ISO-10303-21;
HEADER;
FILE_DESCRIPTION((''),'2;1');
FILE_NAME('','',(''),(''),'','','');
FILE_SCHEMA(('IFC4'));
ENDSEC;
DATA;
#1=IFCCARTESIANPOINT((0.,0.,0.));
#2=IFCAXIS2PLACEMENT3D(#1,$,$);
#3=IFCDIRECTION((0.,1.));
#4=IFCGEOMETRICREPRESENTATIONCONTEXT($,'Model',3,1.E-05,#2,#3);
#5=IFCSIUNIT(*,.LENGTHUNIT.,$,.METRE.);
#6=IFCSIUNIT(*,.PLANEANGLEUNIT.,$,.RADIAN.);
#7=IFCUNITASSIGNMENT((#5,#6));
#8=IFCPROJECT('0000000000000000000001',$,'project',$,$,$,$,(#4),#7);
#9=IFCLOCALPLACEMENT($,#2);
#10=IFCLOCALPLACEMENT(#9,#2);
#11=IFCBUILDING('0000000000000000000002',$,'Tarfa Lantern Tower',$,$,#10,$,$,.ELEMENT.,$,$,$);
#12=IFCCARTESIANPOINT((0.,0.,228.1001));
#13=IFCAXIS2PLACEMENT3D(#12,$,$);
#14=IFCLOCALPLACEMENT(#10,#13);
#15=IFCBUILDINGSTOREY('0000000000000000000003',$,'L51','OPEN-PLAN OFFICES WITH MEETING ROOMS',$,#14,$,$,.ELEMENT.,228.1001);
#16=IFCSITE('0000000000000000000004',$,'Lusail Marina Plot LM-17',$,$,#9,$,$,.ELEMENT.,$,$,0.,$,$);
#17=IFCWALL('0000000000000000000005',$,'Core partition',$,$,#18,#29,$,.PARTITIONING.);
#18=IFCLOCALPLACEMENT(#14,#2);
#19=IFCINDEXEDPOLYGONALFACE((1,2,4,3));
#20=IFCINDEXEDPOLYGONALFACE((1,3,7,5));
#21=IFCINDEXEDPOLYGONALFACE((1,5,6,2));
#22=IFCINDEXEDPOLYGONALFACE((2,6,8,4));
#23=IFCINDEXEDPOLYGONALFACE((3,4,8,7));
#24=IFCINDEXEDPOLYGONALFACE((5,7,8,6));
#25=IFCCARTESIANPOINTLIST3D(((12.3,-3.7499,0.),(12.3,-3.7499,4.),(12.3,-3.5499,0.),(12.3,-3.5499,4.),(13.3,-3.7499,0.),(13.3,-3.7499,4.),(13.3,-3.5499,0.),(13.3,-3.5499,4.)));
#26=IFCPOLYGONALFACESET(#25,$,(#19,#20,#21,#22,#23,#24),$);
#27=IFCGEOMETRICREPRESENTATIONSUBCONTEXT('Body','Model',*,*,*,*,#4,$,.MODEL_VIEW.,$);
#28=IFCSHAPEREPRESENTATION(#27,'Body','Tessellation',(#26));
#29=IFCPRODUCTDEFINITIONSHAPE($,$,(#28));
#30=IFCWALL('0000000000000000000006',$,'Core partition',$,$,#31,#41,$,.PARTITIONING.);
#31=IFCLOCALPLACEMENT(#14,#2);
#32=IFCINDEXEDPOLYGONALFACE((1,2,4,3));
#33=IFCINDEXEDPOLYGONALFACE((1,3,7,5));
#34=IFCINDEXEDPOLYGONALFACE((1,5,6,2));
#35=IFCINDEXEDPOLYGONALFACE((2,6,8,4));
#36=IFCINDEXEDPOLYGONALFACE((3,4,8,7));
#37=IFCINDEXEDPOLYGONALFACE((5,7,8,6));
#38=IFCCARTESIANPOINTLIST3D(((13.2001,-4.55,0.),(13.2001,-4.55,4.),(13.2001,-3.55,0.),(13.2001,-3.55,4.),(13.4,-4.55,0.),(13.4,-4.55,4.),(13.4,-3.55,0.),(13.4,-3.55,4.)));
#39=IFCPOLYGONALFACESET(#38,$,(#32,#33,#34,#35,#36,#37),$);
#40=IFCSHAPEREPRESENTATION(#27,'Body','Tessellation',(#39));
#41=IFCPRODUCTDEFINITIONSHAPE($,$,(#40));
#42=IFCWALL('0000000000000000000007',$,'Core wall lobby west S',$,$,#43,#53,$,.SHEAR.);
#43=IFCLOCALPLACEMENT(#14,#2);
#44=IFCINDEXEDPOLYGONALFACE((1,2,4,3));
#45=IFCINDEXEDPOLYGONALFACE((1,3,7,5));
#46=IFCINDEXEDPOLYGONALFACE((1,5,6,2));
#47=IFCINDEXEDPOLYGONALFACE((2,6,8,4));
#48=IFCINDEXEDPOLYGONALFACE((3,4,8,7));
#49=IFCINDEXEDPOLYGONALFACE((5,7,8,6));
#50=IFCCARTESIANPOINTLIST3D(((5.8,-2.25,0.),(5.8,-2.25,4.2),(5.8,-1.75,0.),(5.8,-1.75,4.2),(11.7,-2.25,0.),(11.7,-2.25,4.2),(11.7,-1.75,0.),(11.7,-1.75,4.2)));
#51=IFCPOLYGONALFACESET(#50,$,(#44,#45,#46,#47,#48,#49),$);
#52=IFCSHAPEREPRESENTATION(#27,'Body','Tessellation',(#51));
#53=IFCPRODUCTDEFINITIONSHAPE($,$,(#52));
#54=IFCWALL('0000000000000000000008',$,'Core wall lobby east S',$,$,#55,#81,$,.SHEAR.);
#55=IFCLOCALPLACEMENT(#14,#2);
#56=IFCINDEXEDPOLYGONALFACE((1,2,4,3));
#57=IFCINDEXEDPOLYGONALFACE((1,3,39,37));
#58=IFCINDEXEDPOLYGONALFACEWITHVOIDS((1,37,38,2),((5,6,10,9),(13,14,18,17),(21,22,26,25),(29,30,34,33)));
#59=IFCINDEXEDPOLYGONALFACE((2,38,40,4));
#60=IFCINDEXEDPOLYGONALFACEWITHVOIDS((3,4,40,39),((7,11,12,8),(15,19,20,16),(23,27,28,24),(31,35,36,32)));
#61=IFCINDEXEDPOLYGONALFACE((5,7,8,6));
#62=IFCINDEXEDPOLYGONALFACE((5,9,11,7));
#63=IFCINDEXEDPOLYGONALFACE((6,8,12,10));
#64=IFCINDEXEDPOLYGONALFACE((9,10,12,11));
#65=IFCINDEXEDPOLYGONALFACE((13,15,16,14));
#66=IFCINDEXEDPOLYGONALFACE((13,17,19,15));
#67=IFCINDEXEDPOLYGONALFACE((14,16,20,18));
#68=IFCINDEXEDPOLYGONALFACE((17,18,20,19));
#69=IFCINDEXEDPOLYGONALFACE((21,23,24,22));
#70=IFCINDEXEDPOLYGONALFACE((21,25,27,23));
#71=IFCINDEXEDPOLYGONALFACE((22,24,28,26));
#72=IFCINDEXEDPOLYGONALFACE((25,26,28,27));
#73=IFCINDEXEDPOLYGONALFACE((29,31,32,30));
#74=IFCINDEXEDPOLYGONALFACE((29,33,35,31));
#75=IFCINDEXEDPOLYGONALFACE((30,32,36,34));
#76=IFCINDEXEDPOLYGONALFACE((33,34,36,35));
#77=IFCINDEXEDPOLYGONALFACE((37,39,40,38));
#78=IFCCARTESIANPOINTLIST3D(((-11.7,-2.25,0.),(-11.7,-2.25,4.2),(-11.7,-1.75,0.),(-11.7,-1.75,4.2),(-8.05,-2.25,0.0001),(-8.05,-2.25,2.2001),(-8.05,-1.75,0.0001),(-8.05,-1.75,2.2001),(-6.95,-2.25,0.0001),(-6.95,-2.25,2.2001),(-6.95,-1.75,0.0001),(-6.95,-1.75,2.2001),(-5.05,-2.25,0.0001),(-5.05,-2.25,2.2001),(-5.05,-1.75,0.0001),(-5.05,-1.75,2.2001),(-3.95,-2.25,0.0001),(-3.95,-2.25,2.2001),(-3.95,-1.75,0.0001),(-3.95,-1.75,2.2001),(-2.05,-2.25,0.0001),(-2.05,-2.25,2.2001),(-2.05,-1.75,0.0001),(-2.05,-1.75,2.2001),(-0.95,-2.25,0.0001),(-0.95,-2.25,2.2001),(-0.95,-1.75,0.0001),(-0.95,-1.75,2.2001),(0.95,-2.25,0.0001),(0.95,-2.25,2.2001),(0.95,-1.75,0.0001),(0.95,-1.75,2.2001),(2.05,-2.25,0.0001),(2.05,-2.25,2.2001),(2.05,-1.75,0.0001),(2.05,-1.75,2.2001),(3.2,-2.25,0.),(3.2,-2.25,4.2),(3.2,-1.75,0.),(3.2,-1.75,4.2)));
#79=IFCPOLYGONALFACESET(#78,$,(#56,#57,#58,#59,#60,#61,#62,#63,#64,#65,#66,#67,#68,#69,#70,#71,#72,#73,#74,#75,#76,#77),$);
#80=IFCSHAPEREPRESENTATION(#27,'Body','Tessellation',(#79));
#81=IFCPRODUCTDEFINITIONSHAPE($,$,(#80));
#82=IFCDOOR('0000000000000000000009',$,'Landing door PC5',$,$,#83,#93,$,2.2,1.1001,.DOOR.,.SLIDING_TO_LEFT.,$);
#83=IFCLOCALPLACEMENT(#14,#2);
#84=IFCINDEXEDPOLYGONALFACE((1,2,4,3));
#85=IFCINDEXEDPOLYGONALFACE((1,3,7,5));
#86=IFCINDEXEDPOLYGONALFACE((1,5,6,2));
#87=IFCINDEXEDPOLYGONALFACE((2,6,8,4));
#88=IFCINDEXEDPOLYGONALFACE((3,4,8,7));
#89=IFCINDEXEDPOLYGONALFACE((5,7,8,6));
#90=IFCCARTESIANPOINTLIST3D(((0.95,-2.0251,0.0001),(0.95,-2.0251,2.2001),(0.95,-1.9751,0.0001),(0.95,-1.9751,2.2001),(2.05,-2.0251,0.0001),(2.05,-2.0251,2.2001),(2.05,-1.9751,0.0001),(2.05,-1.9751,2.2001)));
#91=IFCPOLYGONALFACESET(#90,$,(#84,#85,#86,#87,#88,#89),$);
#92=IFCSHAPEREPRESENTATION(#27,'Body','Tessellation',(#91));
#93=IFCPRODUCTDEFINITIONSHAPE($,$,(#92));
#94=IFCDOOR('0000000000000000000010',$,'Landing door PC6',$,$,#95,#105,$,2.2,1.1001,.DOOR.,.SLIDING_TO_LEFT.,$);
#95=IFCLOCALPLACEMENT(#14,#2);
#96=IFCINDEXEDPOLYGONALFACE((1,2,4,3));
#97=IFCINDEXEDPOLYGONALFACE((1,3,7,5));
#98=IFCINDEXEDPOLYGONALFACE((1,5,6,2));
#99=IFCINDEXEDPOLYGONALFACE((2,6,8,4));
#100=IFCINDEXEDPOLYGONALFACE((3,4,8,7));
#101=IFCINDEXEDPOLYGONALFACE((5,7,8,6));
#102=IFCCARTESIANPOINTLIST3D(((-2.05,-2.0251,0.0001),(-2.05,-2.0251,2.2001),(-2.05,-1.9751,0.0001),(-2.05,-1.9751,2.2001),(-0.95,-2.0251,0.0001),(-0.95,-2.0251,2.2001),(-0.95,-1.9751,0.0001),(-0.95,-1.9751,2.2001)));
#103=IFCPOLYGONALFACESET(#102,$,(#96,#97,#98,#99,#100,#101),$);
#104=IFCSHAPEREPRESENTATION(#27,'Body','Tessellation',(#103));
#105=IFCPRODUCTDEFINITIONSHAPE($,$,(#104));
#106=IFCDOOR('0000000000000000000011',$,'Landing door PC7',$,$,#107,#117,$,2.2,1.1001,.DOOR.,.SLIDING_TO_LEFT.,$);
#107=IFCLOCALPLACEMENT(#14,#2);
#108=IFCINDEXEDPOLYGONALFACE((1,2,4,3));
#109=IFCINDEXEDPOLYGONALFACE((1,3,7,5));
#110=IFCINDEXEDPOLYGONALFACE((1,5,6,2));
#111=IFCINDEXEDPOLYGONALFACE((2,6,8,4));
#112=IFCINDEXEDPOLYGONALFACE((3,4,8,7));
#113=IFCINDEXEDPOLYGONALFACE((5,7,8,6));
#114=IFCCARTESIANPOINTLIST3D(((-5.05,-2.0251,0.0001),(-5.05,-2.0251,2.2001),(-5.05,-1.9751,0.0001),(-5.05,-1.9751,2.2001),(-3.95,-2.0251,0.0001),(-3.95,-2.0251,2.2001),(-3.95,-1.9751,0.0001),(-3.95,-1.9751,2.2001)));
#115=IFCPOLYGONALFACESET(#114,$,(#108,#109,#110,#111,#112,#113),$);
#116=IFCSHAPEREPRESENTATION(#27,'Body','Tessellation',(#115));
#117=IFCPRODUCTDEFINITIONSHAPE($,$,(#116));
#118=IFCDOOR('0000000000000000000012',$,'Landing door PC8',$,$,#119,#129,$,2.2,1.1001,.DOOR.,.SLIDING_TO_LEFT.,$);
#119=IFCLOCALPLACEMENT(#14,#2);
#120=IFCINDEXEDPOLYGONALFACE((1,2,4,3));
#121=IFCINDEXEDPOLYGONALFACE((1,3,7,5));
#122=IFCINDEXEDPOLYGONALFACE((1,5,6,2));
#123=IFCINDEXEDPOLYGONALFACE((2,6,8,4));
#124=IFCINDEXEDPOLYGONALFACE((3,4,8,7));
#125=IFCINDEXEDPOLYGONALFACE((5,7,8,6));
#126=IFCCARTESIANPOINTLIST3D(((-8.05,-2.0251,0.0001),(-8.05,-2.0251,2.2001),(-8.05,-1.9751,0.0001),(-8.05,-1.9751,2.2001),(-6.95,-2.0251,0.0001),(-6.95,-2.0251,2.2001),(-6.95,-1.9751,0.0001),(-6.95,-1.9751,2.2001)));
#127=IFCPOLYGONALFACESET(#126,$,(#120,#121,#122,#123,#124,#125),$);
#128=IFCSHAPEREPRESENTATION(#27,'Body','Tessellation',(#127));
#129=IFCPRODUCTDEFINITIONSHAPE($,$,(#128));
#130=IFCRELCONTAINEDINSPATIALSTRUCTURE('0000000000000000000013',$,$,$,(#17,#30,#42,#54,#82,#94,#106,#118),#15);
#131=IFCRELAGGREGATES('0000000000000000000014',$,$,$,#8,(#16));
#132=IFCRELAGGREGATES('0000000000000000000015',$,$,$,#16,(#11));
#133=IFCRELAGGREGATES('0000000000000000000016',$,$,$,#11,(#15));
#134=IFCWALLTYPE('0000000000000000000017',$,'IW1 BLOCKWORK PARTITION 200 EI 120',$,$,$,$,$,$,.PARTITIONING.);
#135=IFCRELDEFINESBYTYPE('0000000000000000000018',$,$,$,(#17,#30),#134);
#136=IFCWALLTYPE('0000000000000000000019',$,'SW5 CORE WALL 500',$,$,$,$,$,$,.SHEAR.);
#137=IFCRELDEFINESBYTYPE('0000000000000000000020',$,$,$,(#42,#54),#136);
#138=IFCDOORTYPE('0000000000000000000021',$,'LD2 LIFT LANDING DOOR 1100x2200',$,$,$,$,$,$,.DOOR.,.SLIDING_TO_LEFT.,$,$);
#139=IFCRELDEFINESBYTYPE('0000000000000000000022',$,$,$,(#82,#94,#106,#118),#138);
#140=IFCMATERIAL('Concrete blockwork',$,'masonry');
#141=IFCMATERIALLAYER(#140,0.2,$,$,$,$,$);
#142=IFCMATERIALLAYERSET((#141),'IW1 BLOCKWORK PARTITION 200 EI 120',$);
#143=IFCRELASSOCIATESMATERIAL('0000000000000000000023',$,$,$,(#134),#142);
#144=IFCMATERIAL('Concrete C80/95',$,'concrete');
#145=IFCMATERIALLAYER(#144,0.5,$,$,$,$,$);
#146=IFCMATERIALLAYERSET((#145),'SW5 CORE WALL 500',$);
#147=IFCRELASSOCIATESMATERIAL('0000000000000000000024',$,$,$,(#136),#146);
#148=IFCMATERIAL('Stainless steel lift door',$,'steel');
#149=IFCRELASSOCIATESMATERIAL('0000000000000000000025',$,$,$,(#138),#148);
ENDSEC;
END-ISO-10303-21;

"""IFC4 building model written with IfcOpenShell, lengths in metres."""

from ifc_helpers import new_model, si_unit, direction, frame, frame_2d, origin, place, context, subcontext, project, spatial, rectangle, extrude, material, layer, layer_set, type_object, element, fill, save


model = new_model("IFC4")

# Units and contexts
model_context = context("Model", 3, precision=1e-05, world=origin(), true_north=direction((0.0, 1.0)))
body_context = subcontext(model_context, "Body", "Model", "MODEL_VIEW")
ifc_project = project(units=[si_unit("LENGTHUNIT", "METRE"), si_unit("PLANEANGLEUNIT", "RADIAN")], contexts=[model_context])

# Site, building, storey
site_placement = place(None, origin())
site = spatial("IfcSite", under=ifc_project, at=site_placement, Name="Lusail Marina Plot LM-17", CompositionType="ELEMENT", RefElevation=0.0)
building_placement = place(site_placement, origin())
building = spatial("IfcBuilding", under=site, at=building_placement, Name="Tarfa Lantern Tower", CompositionType="ELEMENT")
storey_placement = place(building_placement, frame((0.0, 0.0, 228.1001)))
storey = spatial("IfcBuildingStorey", under=building, at=storey_placement, Name="L51", Description="OPEN-PLAN OFFICES WITH MEETING ROOMS", CompositionType="ELEMENT", Elevation=228.1001)

# Walls
ifc_material_1 = material(Name="Concrete blockwork", Category="masonry")
ifc_layer_1 = layer(ifc_material_1, 0.2)
ifc_layer_set_1 = layer_set([ifc_layer_1], Name="IW1 BLOCKWORK PARTITION 200 EI 120")
wall_type_1 = type_object("IfcWallType", Name="IW1 BLOCKWORK PARTITION 200 EI 120", PredefinedType="PARTITIONING", material=ifc_layer_set_1)
for number, where, z_axis, x_axis, name in (
    (1, (13.3, -3.6499, 0.0), (0.0, 0.0, 1.0), (-1.0, 0.0, 0.0), "Core partition"),
    (2, (13.3, -3.55, 0.0), (0.0, 0.0, 1.0), (0.0, -1.0, 0.0), "Core partition"),
):
    element("IfcWall", number, at=place(storey_placement, frame(where, z_axis=z_axis, x_axis=x_axis)), inside=storey, type_object=wall_type_1, Name=name, PredefinedType="PARTITIONING", context=body_context, shape_type="SweptSolid", body=[
        extrude(rectangle(XDim=1.0, YDim=0.2, at=frame_2d((0.5, 0.0))), origin(), (0.0, 0.0, 1.0), 4.0),
    ])
ifc_material_2 = material(Name="Concrete C80/95", Category="concrete")
ifc_layer_2 = layer(ifc_material_2, 0.5)
ifc_layer_set_2 = layer_set([ifc_layer_2], Name="SW5 CORE WALL 500")
wall_type_2 = type_object("IfcWallType", Name="SW5 CORE WALL 500", PredefinedType="SHEAR", material=ifc_layer_set_2)
wall_1_placement = place(storey_placement, frame((11.7, -2.0, 0.0), z_axis=(0.0, 0.0, 1.0), x_axis=(-1.0, 0.0, 0.0)))
element("IfcWall", 3, at=wall_1_placement, inside=storey, type_object=wall_type_2, Name="Core wall lobby west S", PredefinedType="SHEAR", context=body_context, shape_type="SweptSolid", body=[
    extrude(rectangle(XDim=5.8999, YDim=0.5, at=frame_2d((2.95, 0.0))), origin(), (0.0, 0.0, 1.0), 4.2),
])

# Wall, openings, doors
wall_2_placement = place(storey_placement, frame((3.2, -2.0, 0.0), z_axis=(0.0, 0.0, 1.0), x_axis=(-1.0, 0.0, 0.0)))
wall_2 = element("IfcWall", 4, at=wall_2_placement, inside=storey, type_object=wall_type_2, Name="Core wall lobby east S", PredefinedType="SHEAR", context=body_context, shape_type="SweptSolid", body=[
    extrude(rectangle(XDim=14.8999, YDim=0.5, at=frame_2d((7.45, 0.0))), origin(), (0.0, 0.0, 1.0), 4.2),
])
opening_1_placement = place(wall_2_placement, frame((1.1499, 0.0, 0.0)))
opening_1 = element("IfcOpeningElement", 5, at=opening_1_placement, cuts=wall_2, PredefinedType="OPENING", context=body_context, shape_type="SweptSolid", body=[
    extrude(rectangle(XDim=1.1001, YDim=2.2, at=frame_2d((0.55, 1.1001))), frame((0.0, 0.26, 0.0), z_axis=(0.0, -1.0, 0.0), x_axis=(1.0, 0.0, 0.0)), (0.0, 0.0, 1.0), 0.52),
])
opening_2_placement = place(wall_2_placement, frame((4.1499, 0.0, 0.0)))
opening_2 = element("IfcOpeningElement", 6, at=opening_2_placement, cuts=wall_2, PredefinedType="OPENING", context=body_context, shape_type="SweptSolid", body=[
    extrude(rectangle(XDim=1.1001, YDim=2.2, at=frame_2d((0.55, 1.1001))), frame((0.0, 0.26, 0.0), z_axis=(0.0, -1.0, 0.0), x_axis=(1.0, 0.0, 0.0)), (0.0, 0.0, 1.0), 0.52),
])
opening_3_placement = place(wall_2_placement, frame((7.1499, 0.0, 0.0)))
opening_3 = element("IfcOpeningElement", 7, at=opening_3_placement, cuts=wall_2, PredefinedType="OPENING", context=body_context, shape_type="SweptSolid", body=[
    extrude(rectangle(XDim=1.1001, YDim=2.2, at=frame_2d((0.55, 1.1001))), frame((0.0, 0.26, 0.0), z_axis=(0.0, -1.0, 0.0), x_axis=(1.0, 0.0, 0.0)), (0.0, 0.0, 1.0), 0.52),
])
opening_4_placement = place(wall_2_placement, frame((10.1499, 0.0, 0.0)))
opening_4 = element("IfcOpeningElement", 8, at=opening_4_placement, cuts=wall_2, PredefinedType="OPENING", context=body_context, shape_type="SweptSolid", body=[
    extrude(rectangle(XDim=1.1001, YDim=2.2, at=frame_2d((0.55, 1.1001))), frame((0.0, 0.26, 0.0), z_axis=(0.0, -1.0, 0.0), x_axis=(1.0, 0.0, 0.0)), (0.0, 0.0, 1.0), 0.52),
])
ifc_material_3 = material(Name="Stainless steel lift door", Category="steel")
door_type_1 = type_object("IfcDoorType", Name="LD2 LIFT LANDING DOOR 1100x2200", OperationType="SLIDING_TO_LEFT", PredefinedType="DOOR", material=ifc_material_3)
door_1_placement = place(opening_1_placement, frame((1.1001, 0.0, 0.0), z_axis=(0.0, 0.0, 1.0), x_axis=(-1.0, 0.0, 0.0)))
door_1 = element("IfcDoor", 9, at=door_1_placement, inside=storey, type_object=door_type_1, Name="Landing door PC5", OperationType="SLIDING_TO_LEFT", OverallHeight=2.2, OverallWidth=1.1001, PredefinedType="DOOR", context=body_context, shape_type="SweptSolid", body=[
    extrude(rectangle(XDim=1.1001, YDim=2.2, at=frame_2d((0.55, 1.1001))), frame((0.0, 0.0249, 0.0), z_axis=(0.0, -1.0, 0.0), x_axis=(1.0, 0.0, 0.0)), (0.0, 0.0, 1.0), 0.05),
])
fill(opening_1, door_1)
door_2_placement = place(opening_2_placement, frame((1.1001, 0.0, 0.0), z_axis=(0.0, 0.0, 1.0), x_axis=(-1.0, 0.0, 0.0)))
door_2 = element("IfcDoor", 10, at=door_2_placement, inside=storey, type_object=door_type_1, Name="Landing door PC6", OperationType="SLIDING_TO_LEFT", OverallHeight=2.2, OverallWidth=1.1001, PredefinedType="DOOR", context=body_context, shape_type="SweptSolid", body=[
    extrude(rectangle(XDim=1.1001, YDim=2.2, at=frame_2d((0.55, 1.1001))), frame((0.0, 0.0249, 0.0), z_axis=(0.0, -1.0, 0.0), x_axis=(1.0, 0.0, 0.0)), (0.0, 0.0, 1.0), 0.05),
])
fill(opening_2, door_2)
door_3_placement = place(opening_3_placement, frame((1.1001, 0.0, 0.0), z_axis=(0.0, 0.0, 1.0), x_axis=(-1.0, 0.0, 0.0)))
door_3 = element("IfcDoor", 11, at=door_3_placement, inside=storey, type_object=door_type_1, Name="Landing door PC7", OperationType="SLIDING_TO_LEFT", OverallHeight=2.2, OverallWidth=1.1001, PredefinedType="DOOR", context=body_context, shape_type="SweptSolid", body=[
    extrude(rectangle(XDim=1.1001, YDim=2.2, at=frame_2d((0.55, 1.1001))), frame((0.0, 0.0249, 0.0), z_axis=(0.0, -1.0, 0.0), x_axis=(1.0, 0.0, 0.0)), (0.0, 0.0, 1.0), 0.05),
])
fill(opening_3, door_3)
door_4_placement = place(opening_4_placement, frame((1.1001, 0.0, 0.0), z_axis=(0.0, 0.0, 1.0), x_axis=(-1.0, 0.0, 0.0)))
door_4 = element("IfcDoor", 12, at=door_4_placement, inside=storey, type_object=door_type_1, Name="Landing door PC8", OperationType="SLIDING_TO_LEFT", OverallHeight=2.2, OverallWidth=1.1001, PredefinedType="DOOR", context=body_context, shape_type="SweptSolid", body=[
    extrude(rectangle(XDim=1.1001, YDim=2.2, at=frame_2d((0.55, 1.1001))), frame((0.0, 0.0249, 0.0), z_axis=(0.0, -1.0, 0.0), x_axis=(1.0, 0.0, 0.0)), (0.0, 0.0, 1.0), 0.05),
])
fill(opening_4, door_4)

save(model, "model.ifc")
